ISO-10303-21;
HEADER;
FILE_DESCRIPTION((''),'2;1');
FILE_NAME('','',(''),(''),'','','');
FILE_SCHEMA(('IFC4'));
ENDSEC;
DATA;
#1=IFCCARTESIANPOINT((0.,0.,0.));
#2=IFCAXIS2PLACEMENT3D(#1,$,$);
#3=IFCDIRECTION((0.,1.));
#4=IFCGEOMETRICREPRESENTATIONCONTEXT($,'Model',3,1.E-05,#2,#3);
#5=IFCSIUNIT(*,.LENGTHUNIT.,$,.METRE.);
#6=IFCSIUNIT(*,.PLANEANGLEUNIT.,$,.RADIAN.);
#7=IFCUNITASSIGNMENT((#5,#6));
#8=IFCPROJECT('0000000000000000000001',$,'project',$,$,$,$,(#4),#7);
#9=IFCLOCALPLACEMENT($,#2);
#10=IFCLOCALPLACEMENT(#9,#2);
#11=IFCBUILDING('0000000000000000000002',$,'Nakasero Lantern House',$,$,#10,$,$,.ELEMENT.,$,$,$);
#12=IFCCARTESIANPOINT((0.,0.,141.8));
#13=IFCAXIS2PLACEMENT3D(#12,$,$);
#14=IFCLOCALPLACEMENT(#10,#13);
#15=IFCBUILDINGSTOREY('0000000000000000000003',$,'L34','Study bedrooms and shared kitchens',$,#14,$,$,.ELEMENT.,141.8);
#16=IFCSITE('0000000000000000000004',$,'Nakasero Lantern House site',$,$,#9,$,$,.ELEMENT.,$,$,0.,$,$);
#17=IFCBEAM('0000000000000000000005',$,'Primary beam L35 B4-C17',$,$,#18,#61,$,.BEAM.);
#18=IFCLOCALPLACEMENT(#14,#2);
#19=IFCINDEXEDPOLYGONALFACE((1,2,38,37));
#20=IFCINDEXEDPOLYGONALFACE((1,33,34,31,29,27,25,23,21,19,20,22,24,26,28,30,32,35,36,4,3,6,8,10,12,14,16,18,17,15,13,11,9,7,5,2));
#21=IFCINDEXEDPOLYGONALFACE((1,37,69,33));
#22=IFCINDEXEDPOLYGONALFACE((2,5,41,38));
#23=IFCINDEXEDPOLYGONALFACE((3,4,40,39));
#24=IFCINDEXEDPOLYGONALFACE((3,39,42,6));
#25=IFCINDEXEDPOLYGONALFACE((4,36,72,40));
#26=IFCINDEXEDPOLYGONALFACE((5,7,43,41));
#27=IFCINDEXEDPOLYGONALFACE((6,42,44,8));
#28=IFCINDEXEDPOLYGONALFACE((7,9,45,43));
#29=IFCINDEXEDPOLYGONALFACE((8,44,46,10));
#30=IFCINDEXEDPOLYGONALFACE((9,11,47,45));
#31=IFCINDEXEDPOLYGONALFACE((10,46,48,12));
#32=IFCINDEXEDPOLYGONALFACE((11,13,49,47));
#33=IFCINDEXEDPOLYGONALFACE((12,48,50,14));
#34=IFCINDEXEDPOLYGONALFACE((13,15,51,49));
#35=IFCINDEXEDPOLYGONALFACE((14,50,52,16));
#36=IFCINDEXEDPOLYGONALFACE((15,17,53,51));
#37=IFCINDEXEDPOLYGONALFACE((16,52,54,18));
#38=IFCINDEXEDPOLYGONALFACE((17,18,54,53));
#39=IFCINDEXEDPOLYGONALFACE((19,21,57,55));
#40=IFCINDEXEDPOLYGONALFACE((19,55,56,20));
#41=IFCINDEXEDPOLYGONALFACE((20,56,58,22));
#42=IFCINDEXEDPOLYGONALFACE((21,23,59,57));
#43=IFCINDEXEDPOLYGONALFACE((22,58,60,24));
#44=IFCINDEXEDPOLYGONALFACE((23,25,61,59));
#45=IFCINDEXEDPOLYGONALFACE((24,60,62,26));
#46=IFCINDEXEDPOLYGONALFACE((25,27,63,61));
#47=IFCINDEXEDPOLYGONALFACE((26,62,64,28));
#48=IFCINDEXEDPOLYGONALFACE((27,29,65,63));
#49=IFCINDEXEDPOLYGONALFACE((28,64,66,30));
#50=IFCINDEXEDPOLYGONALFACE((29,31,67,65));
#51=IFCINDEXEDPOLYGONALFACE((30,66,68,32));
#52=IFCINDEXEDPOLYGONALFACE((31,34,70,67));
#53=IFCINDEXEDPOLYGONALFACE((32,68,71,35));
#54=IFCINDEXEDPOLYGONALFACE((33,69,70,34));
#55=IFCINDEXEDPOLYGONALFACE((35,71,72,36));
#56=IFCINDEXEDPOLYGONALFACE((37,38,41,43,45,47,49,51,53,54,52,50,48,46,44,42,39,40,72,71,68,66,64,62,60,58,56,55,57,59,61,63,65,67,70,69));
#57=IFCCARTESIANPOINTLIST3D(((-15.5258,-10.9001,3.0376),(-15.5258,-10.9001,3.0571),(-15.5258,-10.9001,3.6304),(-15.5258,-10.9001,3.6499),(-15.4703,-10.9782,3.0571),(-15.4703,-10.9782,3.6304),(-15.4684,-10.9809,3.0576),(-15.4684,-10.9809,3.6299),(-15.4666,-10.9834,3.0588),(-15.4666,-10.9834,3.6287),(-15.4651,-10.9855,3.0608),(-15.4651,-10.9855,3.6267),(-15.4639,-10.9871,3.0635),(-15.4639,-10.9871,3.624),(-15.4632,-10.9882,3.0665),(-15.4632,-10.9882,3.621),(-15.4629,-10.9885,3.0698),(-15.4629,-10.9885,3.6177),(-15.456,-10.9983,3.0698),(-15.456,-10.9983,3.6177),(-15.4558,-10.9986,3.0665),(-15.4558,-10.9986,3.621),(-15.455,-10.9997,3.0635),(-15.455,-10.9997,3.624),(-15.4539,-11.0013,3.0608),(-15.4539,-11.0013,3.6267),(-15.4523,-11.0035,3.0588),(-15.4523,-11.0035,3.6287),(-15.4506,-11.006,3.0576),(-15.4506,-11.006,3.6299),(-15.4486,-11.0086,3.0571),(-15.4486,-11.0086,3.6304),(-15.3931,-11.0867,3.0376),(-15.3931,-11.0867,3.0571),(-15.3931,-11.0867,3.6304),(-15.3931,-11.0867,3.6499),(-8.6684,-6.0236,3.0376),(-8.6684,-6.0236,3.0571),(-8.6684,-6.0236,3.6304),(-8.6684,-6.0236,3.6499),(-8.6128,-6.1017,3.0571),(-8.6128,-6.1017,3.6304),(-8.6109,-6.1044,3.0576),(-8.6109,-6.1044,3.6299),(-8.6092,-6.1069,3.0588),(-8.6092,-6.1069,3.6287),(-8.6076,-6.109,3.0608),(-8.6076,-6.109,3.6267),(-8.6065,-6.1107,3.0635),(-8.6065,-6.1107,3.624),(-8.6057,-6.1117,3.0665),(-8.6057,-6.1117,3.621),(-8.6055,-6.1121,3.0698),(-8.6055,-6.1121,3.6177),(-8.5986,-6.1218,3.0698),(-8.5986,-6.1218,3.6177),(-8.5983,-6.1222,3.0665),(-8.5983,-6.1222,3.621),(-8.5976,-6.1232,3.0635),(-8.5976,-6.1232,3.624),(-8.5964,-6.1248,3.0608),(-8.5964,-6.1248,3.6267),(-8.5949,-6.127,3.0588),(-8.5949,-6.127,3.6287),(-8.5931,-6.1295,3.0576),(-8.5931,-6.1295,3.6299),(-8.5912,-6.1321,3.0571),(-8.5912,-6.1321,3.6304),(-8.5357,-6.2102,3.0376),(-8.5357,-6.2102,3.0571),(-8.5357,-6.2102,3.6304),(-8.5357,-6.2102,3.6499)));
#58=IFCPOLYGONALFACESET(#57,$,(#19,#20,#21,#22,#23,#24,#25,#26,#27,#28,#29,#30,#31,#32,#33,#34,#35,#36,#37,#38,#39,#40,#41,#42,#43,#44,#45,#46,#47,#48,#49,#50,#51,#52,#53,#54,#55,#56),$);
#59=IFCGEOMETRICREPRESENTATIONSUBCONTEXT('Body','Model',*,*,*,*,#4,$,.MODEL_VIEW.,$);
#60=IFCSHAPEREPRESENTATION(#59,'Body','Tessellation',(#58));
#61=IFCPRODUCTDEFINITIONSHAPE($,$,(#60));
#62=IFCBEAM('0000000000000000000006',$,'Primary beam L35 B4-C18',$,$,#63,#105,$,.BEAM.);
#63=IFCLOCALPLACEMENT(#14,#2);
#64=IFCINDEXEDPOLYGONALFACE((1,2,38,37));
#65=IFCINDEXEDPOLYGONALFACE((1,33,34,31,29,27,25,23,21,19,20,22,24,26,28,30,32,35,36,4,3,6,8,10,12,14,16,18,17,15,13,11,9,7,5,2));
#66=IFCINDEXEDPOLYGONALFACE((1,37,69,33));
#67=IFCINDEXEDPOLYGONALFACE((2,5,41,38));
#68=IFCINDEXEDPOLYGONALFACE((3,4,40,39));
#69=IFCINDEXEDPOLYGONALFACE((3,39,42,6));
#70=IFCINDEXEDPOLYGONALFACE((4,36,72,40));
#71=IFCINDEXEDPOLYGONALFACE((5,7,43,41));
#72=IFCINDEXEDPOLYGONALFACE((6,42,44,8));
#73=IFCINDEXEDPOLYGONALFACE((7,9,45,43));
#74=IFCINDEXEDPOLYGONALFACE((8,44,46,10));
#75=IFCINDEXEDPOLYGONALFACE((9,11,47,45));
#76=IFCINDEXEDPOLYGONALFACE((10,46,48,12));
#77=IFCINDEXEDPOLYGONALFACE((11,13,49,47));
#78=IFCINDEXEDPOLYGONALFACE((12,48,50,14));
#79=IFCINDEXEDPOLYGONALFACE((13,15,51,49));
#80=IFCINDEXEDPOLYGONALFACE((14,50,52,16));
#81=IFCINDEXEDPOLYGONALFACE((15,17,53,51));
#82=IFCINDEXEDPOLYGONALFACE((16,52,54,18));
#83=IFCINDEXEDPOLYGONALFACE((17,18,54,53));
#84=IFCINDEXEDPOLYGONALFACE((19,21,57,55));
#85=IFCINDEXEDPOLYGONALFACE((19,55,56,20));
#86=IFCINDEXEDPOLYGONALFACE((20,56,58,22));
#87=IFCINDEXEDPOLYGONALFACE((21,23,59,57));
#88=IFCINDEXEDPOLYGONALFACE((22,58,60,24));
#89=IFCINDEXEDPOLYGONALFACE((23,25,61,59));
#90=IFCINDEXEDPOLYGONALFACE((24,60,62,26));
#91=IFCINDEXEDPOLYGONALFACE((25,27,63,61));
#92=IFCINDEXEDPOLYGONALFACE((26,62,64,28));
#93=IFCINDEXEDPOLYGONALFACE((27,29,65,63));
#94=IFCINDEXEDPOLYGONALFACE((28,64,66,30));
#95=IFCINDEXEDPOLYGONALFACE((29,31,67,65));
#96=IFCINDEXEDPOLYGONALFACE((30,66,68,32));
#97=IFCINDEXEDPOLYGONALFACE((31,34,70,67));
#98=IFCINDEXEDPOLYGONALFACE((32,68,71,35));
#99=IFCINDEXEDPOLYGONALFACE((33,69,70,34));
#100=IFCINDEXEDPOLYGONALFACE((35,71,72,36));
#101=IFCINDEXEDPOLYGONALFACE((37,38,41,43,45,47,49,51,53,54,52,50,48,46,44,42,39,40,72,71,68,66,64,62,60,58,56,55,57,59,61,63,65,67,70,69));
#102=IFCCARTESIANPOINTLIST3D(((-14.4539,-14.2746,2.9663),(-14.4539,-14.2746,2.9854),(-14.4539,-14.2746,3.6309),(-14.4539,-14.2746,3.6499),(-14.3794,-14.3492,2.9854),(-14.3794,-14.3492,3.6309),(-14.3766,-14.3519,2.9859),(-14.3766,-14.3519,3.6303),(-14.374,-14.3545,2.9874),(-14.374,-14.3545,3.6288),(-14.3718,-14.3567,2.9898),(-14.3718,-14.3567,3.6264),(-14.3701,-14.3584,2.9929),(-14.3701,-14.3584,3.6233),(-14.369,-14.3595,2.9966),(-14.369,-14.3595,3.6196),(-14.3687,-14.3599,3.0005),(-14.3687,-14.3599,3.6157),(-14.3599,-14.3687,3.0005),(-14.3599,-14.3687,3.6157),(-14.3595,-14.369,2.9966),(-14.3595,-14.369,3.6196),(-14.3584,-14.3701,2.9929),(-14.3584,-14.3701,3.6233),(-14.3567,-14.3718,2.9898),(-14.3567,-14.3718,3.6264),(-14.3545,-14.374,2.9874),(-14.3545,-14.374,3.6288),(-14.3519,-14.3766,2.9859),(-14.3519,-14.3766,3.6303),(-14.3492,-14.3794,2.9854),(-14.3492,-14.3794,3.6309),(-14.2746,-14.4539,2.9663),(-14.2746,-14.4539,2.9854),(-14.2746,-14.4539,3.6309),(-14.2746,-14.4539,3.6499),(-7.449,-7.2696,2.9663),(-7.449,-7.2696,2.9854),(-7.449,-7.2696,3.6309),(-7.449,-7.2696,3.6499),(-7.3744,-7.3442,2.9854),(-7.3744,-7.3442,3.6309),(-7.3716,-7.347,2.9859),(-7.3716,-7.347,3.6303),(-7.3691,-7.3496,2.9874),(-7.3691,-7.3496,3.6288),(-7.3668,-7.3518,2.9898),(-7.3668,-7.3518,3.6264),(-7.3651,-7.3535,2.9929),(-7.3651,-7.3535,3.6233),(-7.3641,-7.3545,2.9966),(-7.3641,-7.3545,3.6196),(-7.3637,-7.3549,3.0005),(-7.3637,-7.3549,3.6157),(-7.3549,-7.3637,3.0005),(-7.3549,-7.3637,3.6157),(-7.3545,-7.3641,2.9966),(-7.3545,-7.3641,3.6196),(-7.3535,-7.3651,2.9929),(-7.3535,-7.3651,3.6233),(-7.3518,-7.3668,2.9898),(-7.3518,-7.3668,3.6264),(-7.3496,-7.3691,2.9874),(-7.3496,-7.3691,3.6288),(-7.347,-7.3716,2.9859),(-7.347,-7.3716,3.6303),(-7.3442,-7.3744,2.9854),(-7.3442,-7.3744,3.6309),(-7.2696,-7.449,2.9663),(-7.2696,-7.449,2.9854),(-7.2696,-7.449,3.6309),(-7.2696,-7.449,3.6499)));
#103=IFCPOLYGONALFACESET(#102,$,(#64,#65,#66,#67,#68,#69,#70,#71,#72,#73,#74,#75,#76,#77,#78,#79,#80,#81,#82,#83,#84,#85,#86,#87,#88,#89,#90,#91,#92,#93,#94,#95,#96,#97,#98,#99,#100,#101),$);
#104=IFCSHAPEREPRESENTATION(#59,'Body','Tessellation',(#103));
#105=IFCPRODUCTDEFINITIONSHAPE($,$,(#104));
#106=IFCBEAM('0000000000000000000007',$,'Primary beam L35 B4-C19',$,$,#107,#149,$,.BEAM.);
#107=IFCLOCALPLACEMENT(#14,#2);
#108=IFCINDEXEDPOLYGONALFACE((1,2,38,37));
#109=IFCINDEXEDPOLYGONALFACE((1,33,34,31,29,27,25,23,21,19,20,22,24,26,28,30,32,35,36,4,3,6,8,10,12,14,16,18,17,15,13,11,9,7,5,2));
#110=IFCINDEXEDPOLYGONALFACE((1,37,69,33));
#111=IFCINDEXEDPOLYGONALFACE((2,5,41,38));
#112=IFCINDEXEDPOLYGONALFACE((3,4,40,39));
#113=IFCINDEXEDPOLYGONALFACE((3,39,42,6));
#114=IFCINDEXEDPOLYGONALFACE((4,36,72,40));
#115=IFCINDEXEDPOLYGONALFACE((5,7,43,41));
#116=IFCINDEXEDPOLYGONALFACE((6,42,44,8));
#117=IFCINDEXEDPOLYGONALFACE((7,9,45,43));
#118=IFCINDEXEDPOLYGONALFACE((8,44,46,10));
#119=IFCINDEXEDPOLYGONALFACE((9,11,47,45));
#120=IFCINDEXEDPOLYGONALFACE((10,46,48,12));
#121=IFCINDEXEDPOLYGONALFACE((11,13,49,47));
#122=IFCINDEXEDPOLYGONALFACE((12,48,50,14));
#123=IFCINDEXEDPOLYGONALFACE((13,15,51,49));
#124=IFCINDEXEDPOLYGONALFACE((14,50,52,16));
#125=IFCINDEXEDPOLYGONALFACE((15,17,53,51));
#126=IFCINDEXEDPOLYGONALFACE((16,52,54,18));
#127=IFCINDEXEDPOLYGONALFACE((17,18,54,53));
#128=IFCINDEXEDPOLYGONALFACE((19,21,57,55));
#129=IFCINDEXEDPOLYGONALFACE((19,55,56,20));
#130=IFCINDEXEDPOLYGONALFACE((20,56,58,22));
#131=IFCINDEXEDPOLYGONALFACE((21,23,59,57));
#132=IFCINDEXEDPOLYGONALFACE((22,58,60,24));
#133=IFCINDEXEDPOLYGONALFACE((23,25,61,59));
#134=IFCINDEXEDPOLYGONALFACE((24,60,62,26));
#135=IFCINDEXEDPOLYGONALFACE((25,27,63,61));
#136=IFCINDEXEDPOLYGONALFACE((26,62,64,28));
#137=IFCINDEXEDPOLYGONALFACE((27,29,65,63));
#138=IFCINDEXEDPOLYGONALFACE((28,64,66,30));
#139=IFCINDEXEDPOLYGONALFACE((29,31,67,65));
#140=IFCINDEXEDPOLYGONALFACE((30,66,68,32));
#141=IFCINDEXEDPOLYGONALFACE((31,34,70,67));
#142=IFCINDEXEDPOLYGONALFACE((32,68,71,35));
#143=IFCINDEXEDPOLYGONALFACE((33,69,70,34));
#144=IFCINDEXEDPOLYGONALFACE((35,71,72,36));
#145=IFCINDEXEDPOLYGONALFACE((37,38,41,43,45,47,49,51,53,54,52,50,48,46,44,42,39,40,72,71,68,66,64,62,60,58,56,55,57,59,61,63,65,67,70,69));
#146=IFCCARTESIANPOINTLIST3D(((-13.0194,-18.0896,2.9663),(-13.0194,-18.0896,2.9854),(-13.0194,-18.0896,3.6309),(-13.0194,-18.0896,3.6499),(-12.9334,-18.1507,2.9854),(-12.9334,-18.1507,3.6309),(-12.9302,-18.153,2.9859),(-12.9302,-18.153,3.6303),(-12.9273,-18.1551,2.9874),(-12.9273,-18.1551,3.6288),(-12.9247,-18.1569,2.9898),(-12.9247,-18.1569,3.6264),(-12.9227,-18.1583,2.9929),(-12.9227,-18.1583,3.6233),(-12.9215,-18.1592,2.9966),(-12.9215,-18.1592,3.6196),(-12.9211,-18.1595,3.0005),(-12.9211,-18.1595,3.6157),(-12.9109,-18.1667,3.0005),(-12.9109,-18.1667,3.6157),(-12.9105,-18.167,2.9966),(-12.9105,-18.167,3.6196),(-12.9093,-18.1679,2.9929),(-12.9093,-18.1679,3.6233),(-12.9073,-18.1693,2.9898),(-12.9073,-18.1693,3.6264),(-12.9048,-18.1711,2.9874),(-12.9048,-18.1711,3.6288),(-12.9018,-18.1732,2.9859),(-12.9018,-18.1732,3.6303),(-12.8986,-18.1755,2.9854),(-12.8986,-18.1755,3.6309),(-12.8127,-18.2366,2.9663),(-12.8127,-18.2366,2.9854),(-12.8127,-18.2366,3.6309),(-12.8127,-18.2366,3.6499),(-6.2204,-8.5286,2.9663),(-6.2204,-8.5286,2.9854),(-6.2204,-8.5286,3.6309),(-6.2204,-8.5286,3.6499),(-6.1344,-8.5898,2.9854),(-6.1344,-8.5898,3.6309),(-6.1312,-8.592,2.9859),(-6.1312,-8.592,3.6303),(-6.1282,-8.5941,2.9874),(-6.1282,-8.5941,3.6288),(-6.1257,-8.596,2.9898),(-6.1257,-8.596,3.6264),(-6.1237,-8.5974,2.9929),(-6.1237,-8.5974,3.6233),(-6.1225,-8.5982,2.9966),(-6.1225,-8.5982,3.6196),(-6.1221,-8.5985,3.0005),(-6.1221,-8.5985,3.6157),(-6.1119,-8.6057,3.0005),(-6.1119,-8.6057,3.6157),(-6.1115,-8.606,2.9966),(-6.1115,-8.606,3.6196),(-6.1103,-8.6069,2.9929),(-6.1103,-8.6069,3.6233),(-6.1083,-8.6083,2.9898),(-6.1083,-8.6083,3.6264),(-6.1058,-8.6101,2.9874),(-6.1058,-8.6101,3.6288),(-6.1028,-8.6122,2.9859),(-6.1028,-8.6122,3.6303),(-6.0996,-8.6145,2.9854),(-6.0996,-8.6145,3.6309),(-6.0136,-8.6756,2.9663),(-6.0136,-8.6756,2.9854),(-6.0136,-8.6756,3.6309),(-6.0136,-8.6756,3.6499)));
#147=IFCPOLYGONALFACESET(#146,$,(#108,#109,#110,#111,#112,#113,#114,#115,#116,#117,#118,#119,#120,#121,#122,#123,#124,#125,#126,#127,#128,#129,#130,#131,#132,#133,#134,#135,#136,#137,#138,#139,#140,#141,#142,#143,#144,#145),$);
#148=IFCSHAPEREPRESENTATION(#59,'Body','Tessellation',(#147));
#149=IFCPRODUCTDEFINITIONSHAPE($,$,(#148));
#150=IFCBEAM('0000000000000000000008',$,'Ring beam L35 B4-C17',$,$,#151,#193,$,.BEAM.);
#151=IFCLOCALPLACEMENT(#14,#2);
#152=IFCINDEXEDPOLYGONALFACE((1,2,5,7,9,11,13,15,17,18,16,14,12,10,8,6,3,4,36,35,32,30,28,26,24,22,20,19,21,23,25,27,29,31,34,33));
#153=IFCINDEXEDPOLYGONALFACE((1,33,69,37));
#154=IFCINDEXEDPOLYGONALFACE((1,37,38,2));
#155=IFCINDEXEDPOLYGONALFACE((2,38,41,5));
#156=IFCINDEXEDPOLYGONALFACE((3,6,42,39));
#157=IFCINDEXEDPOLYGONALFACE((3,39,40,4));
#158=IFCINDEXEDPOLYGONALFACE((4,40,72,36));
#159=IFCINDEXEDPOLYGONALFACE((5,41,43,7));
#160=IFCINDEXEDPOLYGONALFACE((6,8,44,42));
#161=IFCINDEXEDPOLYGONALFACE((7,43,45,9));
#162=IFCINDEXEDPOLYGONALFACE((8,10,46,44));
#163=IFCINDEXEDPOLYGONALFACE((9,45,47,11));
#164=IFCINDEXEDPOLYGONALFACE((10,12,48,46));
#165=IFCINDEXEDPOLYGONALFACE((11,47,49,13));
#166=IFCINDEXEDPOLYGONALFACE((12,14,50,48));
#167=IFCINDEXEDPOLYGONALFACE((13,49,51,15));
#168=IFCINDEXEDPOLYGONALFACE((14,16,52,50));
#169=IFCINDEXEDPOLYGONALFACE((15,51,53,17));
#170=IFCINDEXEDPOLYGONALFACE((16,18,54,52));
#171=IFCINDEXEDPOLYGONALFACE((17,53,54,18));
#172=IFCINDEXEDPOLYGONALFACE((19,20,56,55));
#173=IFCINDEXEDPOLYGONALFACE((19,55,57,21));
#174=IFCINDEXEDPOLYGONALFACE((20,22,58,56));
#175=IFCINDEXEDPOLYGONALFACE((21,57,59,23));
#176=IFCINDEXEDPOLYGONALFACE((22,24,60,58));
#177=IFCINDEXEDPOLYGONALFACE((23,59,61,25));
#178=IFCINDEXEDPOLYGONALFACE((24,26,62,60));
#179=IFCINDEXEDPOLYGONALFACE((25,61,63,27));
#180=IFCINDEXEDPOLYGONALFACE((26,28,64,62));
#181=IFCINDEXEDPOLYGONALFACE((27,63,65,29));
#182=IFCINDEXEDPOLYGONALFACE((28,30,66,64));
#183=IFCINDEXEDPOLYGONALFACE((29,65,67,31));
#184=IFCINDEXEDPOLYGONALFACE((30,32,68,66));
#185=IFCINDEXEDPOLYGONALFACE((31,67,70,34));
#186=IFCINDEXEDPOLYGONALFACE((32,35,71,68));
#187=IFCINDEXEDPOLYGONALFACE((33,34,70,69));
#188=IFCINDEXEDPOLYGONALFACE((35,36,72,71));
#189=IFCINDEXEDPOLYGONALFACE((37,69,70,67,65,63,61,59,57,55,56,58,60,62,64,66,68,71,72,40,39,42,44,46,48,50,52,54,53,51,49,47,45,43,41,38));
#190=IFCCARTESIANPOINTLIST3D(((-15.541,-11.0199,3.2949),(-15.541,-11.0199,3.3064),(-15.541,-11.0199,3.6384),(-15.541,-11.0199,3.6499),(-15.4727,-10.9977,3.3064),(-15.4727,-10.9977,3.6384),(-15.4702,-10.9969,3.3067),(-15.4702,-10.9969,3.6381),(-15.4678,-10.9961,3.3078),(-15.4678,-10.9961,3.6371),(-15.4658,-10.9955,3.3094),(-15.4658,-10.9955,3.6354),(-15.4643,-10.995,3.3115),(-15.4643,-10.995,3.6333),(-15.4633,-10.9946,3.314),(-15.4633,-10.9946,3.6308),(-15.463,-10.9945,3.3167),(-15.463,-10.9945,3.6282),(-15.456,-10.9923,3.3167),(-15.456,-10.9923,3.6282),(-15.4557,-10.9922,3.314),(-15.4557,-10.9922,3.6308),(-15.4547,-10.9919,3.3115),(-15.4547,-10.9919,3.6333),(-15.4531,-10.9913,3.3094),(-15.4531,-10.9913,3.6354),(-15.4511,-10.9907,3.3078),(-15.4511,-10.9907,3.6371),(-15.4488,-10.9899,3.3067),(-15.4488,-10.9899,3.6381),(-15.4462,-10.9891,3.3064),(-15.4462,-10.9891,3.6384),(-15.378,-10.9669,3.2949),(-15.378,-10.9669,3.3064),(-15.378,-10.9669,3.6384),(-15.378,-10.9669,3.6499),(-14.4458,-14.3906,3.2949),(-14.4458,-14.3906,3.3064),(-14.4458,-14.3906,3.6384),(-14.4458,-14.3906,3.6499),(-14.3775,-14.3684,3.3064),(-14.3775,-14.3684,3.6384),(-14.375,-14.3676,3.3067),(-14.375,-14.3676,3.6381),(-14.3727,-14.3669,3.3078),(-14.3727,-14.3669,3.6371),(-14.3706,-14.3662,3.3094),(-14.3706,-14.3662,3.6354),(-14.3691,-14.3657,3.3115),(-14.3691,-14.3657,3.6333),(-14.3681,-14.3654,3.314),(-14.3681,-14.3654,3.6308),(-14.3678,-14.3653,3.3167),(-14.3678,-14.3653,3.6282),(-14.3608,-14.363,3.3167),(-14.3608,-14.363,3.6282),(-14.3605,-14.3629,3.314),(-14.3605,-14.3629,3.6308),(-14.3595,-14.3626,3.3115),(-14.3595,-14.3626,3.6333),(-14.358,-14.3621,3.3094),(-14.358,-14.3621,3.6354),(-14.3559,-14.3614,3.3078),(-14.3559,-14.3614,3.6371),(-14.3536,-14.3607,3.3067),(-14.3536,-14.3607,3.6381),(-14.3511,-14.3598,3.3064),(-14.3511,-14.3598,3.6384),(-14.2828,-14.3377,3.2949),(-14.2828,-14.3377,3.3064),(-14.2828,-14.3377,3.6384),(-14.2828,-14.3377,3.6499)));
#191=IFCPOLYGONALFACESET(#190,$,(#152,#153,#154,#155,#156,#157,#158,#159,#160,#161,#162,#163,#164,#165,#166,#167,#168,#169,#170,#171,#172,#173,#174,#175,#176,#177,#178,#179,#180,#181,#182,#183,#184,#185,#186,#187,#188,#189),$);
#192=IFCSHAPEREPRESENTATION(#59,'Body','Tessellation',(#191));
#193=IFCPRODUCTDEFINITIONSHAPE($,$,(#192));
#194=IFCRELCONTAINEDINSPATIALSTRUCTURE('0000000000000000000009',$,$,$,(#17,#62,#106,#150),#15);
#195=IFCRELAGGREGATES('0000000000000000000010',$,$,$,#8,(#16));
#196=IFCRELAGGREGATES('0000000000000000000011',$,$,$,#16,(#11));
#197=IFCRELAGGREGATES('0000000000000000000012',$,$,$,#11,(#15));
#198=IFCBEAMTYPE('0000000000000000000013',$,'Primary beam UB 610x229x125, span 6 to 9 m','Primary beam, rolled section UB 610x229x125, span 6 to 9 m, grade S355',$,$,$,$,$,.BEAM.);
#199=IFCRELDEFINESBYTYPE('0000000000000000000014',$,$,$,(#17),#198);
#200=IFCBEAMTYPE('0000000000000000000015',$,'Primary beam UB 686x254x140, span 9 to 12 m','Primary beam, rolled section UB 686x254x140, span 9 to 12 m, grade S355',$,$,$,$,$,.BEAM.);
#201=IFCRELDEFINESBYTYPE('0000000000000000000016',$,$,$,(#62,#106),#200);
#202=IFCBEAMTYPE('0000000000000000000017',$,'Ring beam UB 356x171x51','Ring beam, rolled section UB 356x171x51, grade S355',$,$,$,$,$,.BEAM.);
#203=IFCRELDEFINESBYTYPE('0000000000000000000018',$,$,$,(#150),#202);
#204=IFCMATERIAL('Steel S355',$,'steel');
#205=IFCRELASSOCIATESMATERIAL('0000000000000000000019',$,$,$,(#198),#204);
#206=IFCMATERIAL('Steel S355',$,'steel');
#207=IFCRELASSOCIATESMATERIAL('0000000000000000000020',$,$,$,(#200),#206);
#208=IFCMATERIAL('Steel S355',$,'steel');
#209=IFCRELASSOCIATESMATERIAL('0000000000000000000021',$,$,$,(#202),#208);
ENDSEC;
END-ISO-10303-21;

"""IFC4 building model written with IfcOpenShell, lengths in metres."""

from ifc_helpers import new_model, si_unit, direction, frame, origin, origin_2d, place, context, subcontext, project, spatial, i_section, extrude, material, material_profile, profile_set, type_object, element, save


model = new_model("IFC4")

# Units and contexts
model_context = context("Model", 3, precision=1e-05, world=origin(), true_north=direction((0.0, 1.0)))
body_context = subcontext(model_context, "Body", "Model", "MODEL_VIEW")
ifc_project = project(units=[si_unit("LENGTHUNIT", "METRE"), si_unit("PLANEANGLEUNIT", "RADIAN")], contexts=[model_context])

# Site, building, storey
site_placement = place(None, origin())
site = spatial("IfcSite", under=ifc_project, at=site_placement, Name="Nakasero Lantern House site", CompositionType="ELEMENT", RefElevation=0.0)
building_placement = place(site_placement, origin())
building = spatial("IfcBuilding", under=site, at=building_placement, Name="Nakasero Lantern House", CompositionType="ELEMENT")
storey_placement = place(building_placement, frame((0.0, 0.0, 141.8)))
storey = spatial("IfcBuildingStorey", under=building, at=storey_placement, Name="L34", Description="Study bedrooms and shared kitchens", CompositionType="ELEMENT", Elevation=141.8)

# Beams
ifc_material_1 = material(Name="Steel S355", Category="steel")
ifc_material_profile_1 = material_profile(ifc_material_1, i_section(OverallWidth=0.229, OverallDepth=0.6123, WebThickness=0.012, FlangeThickness=0.0195, FilletRadius=0.0127, at=origin_2d()), Name="UB 610x229x125")
ifc_profile_set_1 = profile_set([ifc_material_profile_1], Name="Steel S355")
beam_type_1 = type_object("IfcBeamType", Name="Primary beam UB 610x229x125, span 6 to 9 m", Description="Primary beam, rolled section UB 610x229x125, span 6 to 9 m, grade S355", PredefinedType="BEAM", material=ifc_profile_set_1)
beam_1_placement = place(storey_placement, frame((-15.4595, -10.9934, 3.3438), z_axis=(0.814951, 0.57953, 0.0), x_axis=(-0.57953, 0.814951, 0.0)))
element("IfcBeam", 1, at=beam_1_placement, inside=storey, type_object=beam_type_1, Name="Primary beam L35 B4-C17", PredefinedType="BEAM", context=body_context, shape_type="SweptSolid", body=[
    extrude(i_section(OverallWidth=0.229, OverallDepth=0.6123, WebThickness=0.012, FlangeThickness=0.0195, FilletRadius=0.0127, at=origin_2d()), origin(), (0.0, 0.0, 1.0), 8.4146),
])
ifc_material_2 = material(Name="Steel S355", Category="steel")
ifc_material_profile_2 = material_profile(ifc_material_2, i_section(OverallWidth=0.2537, OverallDepth=0.6836, WebThickness=0.0125, FlangeThickness=0.019, FilletRadius=0.0151, at=origin_2d()), Name="UB 686x254x140")
ifc_profile_set_2 = profile_set([ifc_material_profile_2], Name="Steel S355")
beam_type_2 = type_object("IfcBeamType", Name="Primary beam UB 686x254x140, span 9 to 12 m", Description="Primary beam, rolled section UB 686x254x140, span 9 to 12 m, grade S355", PredefinedType="BEAM", material=ifc_profile_set_2)
beam_2_placement = place(storey_placement, frame((-14.3643, -14.3643, 3.3081), z_axis=(0.707107, 0.707107, 0.0), x_axis=(-0.707107, 0.707107, 0.0)))
element("IfcBeam", 2, at=beam_2_placement, inside=storey, type_object=beam_type_2, Name="Primary beam L35 B4-C18", PredefinedType="BEAM", context=body_context, shape_type="SweptSolid", body=[
    extrude(i_section(OverallWidth=0.2537, OverallDepth=0.6836, WebThickness=0.0125, FlangeThickness=0.019, FilletRadius=0.0151, at=origin_2d()), origin(), (0.0, 0.0, 1.0), 9.9065),
])
beam_3_placement = place(storey_placement, frame((-12.916, -18.1631, 3.3081), z_axis=(0.57953, 0.814951, 0.0), x_axis=(-0.814951, 0.57953, 0.0)))
element("IfcBeam", 3, at=beam_3_placement, inside=storey, type_object=beam_type_2, Name="Primary beam L35 B4-C19", PredefinedType="BEAM", context=body_context, shape_type="SweptSolid", body=[
    extrude(i_section(OverallWidth=0.2537, OverallDepth=0.6836, WebThickness=0.0125, FlangeThickness=0.019, FilletRadius=0.0151, at=origin_2d()), origin(), (0.0, 0.0, 1.0), 11.7319),
])
ifc_material_3 = material(Name="Steel S355", Category="steel")
ifc_material_profile_3 = material_profile(ifc_material_3, i_section(OverallWidth=0.1714, OverallDepth=0.355, WebThickness=0.0073, FlangeThickness=0.0115, FilletRadius=0.0103, at=origin_2d()), Name="UB 356x171x51")
ifc_profile_set_3 = profile_set([ifc_material_profile_3], Name="Steel S355")
beam_type_3 = type_object("IfcBeamType", Name="Ring beam UB 356x171x51", Description="Ring beam, rolled section UB 356x171x51, grade S355", PredefinedType="BEAM", material=ifc_profile_set_3)
beam_4_placement = place(storey_placement, frame((-15.4595, -10.9934, 3.4724), z_axis=(0.309007, -0.95106, 0.0), x_axis=(0.95106, 0.309007, 0.0)))
element("IfcBeam", 4, at=beam_4_placement, inside=storey, type_object=beam_type_3, Name="Ring beam L35 B4-C17", PredefinedType="BEAM", context=body_context, shape_type="SweptSolid", body=[
    extrude(i_section(OverallWidth=0.1714, OverallDepth=0.355, WebThickness=0.0073, FlangeThickness=0.0115, FilletRadius=0.0103, at=origin_2d()), origin(), (0.0, 0.0, 1.0), 3.5442),
])

save(model, "model.ifc")
